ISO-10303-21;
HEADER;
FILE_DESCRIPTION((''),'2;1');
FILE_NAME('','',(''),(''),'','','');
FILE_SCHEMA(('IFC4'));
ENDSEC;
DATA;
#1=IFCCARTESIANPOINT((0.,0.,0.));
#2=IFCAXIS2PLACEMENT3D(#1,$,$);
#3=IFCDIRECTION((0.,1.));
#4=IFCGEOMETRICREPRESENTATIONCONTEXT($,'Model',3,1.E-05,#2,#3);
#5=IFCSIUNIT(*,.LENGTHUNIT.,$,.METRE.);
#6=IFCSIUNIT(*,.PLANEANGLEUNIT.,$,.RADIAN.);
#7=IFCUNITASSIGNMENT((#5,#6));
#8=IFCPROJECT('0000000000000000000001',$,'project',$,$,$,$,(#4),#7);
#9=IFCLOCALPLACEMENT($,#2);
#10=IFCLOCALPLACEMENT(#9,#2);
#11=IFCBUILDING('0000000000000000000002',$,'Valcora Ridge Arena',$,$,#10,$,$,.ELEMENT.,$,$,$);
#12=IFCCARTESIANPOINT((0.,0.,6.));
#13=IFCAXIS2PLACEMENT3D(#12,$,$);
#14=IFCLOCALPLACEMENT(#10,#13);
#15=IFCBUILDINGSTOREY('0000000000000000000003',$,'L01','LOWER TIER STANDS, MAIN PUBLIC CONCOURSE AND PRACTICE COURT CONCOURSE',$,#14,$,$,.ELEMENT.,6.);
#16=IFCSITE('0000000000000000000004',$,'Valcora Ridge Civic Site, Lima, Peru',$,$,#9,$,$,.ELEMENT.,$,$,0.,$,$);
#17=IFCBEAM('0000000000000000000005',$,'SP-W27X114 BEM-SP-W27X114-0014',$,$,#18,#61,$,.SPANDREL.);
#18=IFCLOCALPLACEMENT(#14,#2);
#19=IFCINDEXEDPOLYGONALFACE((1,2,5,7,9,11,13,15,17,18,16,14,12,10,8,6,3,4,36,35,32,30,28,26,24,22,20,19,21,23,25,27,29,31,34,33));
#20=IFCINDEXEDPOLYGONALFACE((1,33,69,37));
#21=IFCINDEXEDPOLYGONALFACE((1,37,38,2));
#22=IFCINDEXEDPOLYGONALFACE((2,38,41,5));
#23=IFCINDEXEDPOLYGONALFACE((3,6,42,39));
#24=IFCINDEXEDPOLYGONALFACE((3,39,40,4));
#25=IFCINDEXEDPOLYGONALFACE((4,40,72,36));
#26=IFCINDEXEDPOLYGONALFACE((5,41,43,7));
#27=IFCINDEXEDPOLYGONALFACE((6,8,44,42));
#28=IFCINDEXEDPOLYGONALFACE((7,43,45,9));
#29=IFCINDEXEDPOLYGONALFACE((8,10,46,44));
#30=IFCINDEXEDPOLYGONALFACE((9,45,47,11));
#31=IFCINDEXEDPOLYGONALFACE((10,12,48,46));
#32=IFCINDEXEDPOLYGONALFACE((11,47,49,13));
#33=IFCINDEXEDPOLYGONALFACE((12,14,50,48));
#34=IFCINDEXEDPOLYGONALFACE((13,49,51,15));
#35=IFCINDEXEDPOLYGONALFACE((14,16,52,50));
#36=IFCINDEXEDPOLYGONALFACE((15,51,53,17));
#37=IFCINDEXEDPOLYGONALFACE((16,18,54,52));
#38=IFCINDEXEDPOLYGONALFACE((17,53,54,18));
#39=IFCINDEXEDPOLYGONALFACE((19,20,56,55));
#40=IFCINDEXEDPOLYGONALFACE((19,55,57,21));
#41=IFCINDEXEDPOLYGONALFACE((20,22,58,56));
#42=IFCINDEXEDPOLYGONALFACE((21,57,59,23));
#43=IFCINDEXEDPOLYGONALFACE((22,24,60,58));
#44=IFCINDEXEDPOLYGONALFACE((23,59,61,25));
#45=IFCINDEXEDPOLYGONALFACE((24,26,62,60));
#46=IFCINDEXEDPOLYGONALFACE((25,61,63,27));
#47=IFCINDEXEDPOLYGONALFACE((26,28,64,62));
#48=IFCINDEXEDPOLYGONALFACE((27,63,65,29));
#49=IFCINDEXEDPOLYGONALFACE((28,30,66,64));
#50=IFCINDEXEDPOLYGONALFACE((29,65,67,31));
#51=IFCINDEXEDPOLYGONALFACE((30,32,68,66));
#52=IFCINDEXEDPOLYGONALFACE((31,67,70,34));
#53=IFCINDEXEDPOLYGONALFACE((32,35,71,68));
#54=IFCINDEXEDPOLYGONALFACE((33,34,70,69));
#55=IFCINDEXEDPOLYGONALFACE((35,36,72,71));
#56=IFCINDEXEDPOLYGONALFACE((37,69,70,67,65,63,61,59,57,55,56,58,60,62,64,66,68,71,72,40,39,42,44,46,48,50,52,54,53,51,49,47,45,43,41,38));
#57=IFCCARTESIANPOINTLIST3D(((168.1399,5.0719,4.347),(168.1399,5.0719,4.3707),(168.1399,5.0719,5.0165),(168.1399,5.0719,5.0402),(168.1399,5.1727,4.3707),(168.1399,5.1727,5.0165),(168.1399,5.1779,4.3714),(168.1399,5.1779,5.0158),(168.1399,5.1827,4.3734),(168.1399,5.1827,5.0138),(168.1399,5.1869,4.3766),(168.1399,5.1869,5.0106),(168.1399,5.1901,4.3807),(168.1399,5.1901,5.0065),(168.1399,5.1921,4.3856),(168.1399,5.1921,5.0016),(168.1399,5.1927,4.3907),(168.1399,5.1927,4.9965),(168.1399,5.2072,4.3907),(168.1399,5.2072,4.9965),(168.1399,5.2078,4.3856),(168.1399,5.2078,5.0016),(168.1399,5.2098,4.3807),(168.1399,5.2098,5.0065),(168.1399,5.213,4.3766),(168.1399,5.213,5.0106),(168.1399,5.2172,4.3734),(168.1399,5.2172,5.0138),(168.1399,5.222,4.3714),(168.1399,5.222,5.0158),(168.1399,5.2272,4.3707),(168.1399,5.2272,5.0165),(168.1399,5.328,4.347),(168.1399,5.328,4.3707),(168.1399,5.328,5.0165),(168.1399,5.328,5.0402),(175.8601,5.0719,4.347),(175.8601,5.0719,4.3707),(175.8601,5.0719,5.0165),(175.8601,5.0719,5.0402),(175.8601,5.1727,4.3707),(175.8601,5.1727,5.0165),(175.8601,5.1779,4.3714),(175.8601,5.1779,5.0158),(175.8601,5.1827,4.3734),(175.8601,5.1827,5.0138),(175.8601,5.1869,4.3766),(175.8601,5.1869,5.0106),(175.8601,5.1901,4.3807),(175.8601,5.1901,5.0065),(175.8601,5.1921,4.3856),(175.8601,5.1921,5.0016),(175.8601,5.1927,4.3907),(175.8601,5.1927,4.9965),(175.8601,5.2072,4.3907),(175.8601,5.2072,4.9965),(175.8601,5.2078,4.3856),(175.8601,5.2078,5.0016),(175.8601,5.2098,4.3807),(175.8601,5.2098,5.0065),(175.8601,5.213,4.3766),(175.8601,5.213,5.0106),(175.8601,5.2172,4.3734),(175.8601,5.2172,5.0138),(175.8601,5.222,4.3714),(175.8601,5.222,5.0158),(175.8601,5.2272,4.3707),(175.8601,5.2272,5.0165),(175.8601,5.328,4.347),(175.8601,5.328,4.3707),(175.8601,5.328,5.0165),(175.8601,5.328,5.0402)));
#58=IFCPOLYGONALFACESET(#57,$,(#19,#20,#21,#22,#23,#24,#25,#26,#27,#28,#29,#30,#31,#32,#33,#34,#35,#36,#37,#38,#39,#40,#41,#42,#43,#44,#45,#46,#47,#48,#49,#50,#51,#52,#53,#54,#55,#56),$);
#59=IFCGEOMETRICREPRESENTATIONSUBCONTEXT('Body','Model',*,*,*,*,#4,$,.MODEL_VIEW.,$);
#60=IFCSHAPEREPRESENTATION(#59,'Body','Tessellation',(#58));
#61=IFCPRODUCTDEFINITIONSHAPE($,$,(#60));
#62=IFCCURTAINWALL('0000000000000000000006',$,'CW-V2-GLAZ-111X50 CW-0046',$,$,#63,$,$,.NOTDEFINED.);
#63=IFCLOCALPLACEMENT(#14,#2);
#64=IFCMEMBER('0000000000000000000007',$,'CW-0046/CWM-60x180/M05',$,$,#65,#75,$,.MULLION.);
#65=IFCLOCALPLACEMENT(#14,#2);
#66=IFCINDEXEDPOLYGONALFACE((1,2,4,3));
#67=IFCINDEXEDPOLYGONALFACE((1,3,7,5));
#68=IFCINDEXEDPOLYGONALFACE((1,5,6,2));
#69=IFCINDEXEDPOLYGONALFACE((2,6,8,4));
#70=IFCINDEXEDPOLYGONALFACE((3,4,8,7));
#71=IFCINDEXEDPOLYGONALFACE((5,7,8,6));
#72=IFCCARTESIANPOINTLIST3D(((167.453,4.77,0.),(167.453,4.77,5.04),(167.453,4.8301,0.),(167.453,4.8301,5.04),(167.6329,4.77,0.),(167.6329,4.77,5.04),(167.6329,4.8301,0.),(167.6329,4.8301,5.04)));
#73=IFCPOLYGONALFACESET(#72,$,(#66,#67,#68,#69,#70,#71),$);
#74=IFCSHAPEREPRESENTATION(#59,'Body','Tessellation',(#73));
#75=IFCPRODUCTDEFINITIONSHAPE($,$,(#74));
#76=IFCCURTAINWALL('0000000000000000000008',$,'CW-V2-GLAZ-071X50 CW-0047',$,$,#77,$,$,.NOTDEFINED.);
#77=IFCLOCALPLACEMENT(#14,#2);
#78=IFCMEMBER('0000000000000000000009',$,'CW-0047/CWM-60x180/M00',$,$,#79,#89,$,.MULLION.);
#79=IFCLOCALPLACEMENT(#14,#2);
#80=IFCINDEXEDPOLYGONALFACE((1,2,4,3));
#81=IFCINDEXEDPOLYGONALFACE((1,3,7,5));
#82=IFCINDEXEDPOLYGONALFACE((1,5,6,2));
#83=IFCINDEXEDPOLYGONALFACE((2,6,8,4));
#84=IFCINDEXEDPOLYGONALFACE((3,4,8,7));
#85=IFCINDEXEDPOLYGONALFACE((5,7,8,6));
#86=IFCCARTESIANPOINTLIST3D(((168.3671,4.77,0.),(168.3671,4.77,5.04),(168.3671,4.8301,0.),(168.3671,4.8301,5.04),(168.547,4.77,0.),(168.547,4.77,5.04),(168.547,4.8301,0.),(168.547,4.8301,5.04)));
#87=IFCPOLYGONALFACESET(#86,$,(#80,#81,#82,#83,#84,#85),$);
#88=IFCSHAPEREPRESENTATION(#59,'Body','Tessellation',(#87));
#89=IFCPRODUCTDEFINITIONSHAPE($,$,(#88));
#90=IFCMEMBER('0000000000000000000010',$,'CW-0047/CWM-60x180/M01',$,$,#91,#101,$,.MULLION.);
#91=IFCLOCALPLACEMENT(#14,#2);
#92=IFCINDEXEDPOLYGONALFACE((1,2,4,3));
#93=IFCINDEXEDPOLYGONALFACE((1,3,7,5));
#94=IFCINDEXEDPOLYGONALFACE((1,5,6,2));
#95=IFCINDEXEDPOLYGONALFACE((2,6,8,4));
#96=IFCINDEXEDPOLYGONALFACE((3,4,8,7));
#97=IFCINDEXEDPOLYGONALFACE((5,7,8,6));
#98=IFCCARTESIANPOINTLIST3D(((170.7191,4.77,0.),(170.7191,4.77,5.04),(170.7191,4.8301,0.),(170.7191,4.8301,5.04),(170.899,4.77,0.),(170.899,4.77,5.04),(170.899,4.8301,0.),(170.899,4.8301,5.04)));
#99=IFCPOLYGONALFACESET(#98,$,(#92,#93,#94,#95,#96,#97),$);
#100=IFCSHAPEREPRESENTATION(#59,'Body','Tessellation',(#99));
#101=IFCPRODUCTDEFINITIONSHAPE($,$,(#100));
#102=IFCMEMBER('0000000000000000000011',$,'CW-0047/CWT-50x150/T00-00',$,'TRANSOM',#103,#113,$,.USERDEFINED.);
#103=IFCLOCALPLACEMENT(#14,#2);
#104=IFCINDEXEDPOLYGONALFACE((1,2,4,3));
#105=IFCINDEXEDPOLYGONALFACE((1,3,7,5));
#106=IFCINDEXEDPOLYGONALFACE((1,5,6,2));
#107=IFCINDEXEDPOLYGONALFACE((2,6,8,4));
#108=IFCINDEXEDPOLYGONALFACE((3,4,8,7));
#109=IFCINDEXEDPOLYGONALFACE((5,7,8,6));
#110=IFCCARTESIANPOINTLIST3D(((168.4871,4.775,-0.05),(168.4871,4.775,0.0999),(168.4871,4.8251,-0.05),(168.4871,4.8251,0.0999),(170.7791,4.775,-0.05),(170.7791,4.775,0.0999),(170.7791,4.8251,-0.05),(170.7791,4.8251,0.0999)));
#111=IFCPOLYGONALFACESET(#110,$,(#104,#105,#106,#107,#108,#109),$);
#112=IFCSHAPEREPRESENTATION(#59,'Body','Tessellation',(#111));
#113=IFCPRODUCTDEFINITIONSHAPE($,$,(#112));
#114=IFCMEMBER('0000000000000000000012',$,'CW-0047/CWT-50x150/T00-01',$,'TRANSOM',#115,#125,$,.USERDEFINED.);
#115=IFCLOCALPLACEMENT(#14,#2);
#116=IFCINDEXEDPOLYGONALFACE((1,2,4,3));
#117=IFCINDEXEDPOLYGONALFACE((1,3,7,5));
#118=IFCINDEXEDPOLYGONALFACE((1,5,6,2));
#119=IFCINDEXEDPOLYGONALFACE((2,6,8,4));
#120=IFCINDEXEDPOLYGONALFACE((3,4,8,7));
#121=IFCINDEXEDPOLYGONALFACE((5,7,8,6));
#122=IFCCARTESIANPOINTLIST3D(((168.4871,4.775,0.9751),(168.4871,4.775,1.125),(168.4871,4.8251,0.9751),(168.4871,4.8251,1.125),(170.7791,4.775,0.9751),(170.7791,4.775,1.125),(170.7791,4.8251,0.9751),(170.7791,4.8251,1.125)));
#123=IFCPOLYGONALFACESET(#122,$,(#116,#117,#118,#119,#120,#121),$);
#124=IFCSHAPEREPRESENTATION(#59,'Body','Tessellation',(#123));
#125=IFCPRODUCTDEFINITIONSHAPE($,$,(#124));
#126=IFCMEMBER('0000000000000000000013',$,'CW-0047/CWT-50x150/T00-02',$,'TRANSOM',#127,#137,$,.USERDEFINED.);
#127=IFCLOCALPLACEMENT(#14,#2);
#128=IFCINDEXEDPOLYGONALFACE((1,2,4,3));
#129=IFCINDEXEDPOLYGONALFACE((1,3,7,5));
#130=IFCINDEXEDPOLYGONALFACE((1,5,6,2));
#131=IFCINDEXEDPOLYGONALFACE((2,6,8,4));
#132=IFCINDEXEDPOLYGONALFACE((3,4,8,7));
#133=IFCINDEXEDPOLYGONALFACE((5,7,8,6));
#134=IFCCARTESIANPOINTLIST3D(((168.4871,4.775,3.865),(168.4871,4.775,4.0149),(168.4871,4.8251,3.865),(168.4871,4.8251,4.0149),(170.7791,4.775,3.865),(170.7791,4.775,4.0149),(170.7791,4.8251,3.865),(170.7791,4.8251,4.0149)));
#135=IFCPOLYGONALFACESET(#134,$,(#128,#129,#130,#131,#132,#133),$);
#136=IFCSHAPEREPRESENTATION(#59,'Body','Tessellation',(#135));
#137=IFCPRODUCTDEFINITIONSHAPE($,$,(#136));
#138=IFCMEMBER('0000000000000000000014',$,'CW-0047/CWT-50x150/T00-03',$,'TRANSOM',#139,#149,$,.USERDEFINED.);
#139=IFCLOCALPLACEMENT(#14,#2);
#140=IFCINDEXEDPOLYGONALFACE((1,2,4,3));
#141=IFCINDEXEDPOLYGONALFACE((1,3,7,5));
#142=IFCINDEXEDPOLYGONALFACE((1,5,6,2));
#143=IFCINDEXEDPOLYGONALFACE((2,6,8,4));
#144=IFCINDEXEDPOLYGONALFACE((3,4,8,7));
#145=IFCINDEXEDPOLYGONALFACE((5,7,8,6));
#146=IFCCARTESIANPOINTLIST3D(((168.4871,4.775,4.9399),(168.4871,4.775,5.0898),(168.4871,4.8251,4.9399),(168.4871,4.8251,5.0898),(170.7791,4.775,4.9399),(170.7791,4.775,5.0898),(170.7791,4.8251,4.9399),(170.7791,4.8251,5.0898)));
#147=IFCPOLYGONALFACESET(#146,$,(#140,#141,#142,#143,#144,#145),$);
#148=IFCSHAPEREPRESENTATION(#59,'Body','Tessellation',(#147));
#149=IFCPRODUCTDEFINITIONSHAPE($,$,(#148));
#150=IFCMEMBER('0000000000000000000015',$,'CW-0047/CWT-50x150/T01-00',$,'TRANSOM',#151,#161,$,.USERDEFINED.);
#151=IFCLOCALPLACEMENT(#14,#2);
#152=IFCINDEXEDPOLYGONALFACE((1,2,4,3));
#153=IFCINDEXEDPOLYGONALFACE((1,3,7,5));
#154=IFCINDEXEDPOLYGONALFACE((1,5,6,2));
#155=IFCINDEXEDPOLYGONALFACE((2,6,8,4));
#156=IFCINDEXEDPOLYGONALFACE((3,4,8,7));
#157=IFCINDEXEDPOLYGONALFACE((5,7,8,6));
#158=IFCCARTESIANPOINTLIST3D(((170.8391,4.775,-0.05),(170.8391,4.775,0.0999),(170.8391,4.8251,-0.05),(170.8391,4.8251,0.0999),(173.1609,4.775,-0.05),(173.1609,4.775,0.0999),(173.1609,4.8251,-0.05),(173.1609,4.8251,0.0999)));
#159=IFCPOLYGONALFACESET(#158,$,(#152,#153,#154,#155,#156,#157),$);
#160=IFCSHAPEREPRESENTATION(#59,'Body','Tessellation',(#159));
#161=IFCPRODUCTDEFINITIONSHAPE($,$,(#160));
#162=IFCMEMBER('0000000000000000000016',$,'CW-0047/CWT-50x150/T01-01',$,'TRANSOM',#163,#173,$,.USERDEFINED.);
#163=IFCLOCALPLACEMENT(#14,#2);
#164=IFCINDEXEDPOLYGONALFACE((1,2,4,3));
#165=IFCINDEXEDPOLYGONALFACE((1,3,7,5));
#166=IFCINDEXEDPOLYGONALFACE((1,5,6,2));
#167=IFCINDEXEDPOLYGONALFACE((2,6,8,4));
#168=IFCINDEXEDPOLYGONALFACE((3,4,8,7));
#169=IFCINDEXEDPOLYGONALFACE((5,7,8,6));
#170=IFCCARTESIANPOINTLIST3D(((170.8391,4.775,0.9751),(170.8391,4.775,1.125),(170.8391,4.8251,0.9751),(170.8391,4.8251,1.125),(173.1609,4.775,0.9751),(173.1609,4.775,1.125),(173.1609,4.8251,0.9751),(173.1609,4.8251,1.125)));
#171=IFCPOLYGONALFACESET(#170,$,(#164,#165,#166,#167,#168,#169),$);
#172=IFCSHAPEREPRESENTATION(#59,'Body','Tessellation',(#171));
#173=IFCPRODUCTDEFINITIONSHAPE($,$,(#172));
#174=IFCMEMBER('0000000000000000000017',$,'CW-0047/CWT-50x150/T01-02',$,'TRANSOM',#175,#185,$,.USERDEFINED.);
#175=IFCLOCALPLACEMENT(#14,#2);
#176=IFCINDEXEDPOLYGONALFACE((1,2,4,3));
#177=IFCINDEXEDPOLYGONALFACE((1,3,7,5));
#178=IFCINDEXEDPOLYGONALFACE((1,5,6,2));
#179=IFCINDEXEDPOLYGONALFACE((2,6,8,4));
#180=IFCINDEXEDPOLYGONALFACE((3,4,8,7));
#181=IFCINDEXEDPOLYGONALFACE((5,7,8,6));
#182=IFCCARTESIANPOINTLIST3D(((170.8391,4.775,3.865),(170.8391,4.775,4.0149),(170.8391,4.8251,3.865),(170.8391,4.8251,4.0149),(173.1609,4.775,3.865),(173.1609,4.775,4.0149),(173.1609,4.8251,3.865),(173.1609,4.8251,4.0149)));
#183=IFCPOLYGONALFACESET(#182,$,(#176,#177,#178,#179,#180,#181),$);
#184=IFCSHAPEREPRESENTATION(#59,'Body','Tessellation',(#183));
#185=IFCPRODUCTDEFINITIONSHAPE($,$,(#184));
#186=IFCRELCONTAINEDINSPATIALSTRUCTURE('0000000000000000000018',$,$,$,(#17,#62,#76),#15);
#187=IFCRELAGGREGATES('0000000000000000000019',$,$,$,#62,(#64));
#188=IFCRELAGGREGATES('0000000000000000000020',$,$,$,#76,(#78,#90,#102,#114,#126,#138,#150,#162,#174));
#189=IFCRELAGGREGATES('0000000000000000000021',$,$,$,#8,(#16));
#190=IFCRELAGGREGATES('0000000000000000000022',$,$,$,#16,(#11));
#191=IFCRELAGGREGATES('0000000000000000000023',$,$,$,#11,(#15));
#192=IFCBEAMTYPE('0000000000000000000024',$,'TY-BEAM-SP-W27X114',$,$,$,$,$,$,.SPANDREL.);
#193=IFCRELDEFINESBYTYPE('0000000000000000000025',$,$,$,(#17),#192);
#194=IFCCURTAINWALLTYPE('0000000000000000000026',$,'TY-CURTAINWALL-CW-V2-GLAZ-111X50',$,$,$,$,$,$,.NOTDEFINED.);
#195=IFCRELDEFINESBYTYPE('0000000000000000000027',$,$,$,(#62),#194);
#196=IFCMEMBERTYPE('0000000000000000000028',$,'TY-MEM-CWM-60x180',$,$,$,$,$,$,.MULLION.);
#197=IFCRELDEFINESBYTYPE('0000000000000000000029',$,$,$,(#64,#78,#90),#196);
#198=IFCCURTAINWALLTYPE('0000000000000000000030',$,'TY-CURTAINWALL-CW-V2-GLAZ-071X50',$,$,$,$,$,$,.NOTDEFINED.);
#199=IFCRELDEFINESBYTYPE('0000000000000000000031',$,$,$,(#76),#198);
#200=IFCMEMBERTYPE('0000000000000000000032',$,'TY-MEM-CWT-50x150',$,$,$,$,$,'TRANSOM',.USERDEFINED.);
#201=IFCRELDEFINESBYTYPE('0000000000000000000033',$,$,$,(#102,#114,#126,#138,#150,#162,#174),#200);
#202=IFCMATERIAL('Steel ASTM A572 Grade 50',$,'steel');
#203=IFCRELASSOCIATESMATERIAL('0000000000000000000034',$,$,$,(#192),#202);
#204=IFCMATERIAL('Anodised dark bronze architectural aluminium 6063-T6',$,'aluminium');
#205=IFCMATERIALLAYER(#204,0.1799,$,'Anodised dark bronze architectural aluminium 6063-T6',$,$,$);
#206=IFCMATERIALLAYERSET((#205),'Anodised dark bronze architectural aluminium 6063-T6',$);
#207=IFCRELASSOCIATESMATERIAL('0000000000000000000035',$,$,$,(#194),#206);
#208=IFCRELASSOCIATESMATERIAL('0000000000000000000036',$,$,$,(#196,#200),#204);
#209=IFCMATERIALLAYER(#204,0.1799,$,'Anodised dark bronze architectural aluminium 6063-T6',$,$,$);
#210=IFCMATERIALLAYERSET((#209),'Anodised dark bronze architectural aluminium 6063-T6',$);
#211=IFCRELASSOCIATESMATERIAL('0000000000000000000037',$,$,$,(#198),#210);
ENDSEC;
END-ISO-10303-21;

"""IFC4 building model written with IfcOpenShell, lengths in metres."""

from ifc_helpers import new_model, si_unit, direction, frame, origin, origin_2d, place, context, subcontext, project, spatial, rectangle, i_section, extrude, material, layer, layer_set, material_profile, profile_set, type_object, element, aggregate, save


model = new_model("IFC4")

# Units and contexts
model_context = context("Model", 3, precision=1e-05, world=origin(), true_north=direction((0.0, 1.0)))
body_context = subcontext(model_context, "Body", "Model", "MODEL_VIEW")
ifc_project = project(units=[si_unit("LENGTHUNIT", "METRE"), si_unit("PLANEANGLEUNIT", "RADIAN")], contexts=[model_context])

# Site, building, storey
site_placement = place(None, origin())
site = spatial("IfcSite", under=ifc_project, at=site_placement, Name="Valcora Ridge Civic Site, Lima, Peru", CompositionType="ELEMENT", RefElevation=0.0)
building_placement = place(site_placement, origin())
building = spatial("IfcBuilding", under=site, at=building_placement, Name="Valcora Ridge Arena", CompositionType="ELEMENT")
storey_placement = place(building_placement, frame((0.0, 0.0, 6.0)))
storey = spatial("IfcBuildingStorey", under=building, at=storey_placement, Name="L01", Description="LOWER TIER STANDS, MAIN PUBLIC CONCOURSE AND PRACTICE COURT CONCOURSE", CompositionType="ELEMENT", Elevation=6.0)

# Shared definitions
ifc_material_1 = material(Name="Steel ASTM A572 Grade 50", Category="steel")

# Beam
ifc_material_profile_1 = material_profile(ifc_material_1, i_section(OverallWidth=0.2561, OverallDepth=0.6931, WebThickness=0.0144, FlangeThickness=0.0237, FilletRadius=0.02, at=origin_2d()), Name="W27X114")
ifc_profile_set_1 = profile_set([ifc_material_profile_1], Name="Steel ASTM A572 Grade 50")
beam_type = type_object("IfcBeamType", Name="TY-BEAM-SP-W27X114", PredefinedType="SPANDREL", material=ifc_profile_set_1)
beam_placement = place(storey_placement, frame((168.1399, 5.2, 4.6936), z_axis=(1.0, 0.0, 0.0), x_axis=(0.0, 1.0, 0.0)))
element("IfcBeam", 1, at=beam_placement, inside=storey, type_object=beam_type, Name="SP-W27X114 BEM-SP-W27X114-0014", PredefinedType="SPANDREL", context=body_context, shape_type="SweptSolid", body=[
    extrude(i_section(OverallWidth=0.2561, OverallDepth=0.6931, WebThickness=0.0144, FlangeThickness=0.0237, FilletRadius=0.02, at=origin_2d()), origin(), (0.0, 0.0, 1.0), 7.7202),
])

# Curtain wall, member
ifc_material_2 = material(Name="Anodised dark bronze architectural aluminium 6063-T6", Category="aluminium")
ifc_layer_1 = layer(ifc_material_2, 0.1799, Name="Anodised dark bronze architectural aluminium 6063-T6")
ifc_layer_set_1 = layer_set([ifc_layer_1], Name="Anodised dark bronze architectural aluminium 6063-T6")
curtain_wall_type_1 = type_object("IfcCurtainWallType", Name="TY-CURTAINWALL-CW-V2-GLAZ-111X50", PredefinedType="NOTDEFINED", material=ifc_layer_set_1)
curtain_wall_1_placement = place(storey_placement, origin())
curtain_wall_1 = element("IfcCurtainWall", 2, at=curtain_wall_1_placement, inside=storey, type_object=curtain_wall_type_1, Name="CW-V2-GLAZ-111X50 CW-0046", PredefinedType="NOTDEFINED")
ifc_material_profile_2 = material_profile(ifc_material_2, rectangle(XDim=0.0601, YDim=0.1799, at=origin_2d()), Name="ALU MULLION 60x180")
ifc_profile_set_2 = profile_set([ifc_material_profile_2], Name="Anodised dark bronze architectural aluminium 6063-T6")
member_type_1 = type_object("IfcMemberType", Name="TY-MEM-CWM-60x180", PredefinedType="MULLION", material=ifc_profile_set_2)
member_1_placement = place(storey_placement, frame((167.543, 4.8, 0.0), z_axis=(0.0, 0.0, 1.0), x_axis=(0.0, 1.0, 0.0)))
member_1 = element("IfcMember", 3, at=member_1_placement, type_object=member_type_1, Name="CW-0046/CWM-60x180/M05", PredefinedType="MULLION", context=body_context, shape_type="SweptSolid", body=[
    extrude(rectangle(XDim=0.0601, YDim=0.1799, at=origin_2d()), origin(), (0.0, 0.0, 1.0), 5.04),
])

# Curtain wall, members
ifc_layer_2 = layer(ifc_material_2, 0.1799, Name="Anodised dark bronze architectural aluminium 6063-T6")
ifc_layer_set_2 = layer_set([ifc_layer_2], Name="Anodised dark bronze architectural aluminium 6063-T6")
curtain_wall_type_2 = type_object("IfcCurtainWallType", Name="TY-CURTAINWALL-CW-V2-GLAZ-071X50", PredefinedType="NOTDEFINED", material=ifc_layer_set_2)
curtain_wall_2_placement = place(storey_placement, origin())
curtain_wall_2 = element("IfcCurtainWall", 4, at=curtain_wall_2_placement, inside=storey, type_object=curtain_wall_type_2, Name="CW-V2-GLAZ-071X50 CW-0047", PredefinedType="NOTDEFINED")
member_2_placement = place(storey_placement, frame((168.457, 4.8, 0.0), z_axis=(0.0, 0.0, 1.0), x_axis=(0.0, 1.0, 0.0)))
member_2 = element("IfcMember", 5, at=member_2_placement, type_object=member_type_1, Name="CW-0047/CWM-60x180/M00", PredefinedType="MULLION", context=body_context, shape_type="SweptSolid", body=[
    extrude(rectangle(XDim=0.0601, YDim=0.1799, at=origin_2d()), origin(), (0.0, 0.0, 1.0), 5.04),
])
member_3_placement = place(storey_placement, frame((170.8091, 4.8, 0.0), z_axis=(0.0, 0.0, 1.0), x_axis=(0.0, 1.0, 0.0)))
member_3 = element("IfcMember", 6, at=member_3_placement, type_object=member_type_1, Name="CW-0047/CWM-60x180/M01", PredefinedType="MULLION", context=body_context, shape_type="SweptSolid", body=[
    extrude(rectangle(XDim=0.0601, YDim=0.1799, at=origin_2d()), origin(), (0.0, 0.0, 1.0), 5.04),
])
ifc_material_profile_3 = material_profile(ifc_material_2, rectangle(XDim=0.05, YDim=0.1499, at=origin_2d()), Name="ALU TRANSOM 50x150")
ifc_profile_set_3 = profile_set([ifc_material_profile_3], Name="Anodised dark bronze architectural aluminium 6063-T6")
member_type_2 = type_object("IfcMemberType", Name="TY-MEM-CWT-50x150", ElementType="TRANSOM", PredefinedType="USERDEFINED", material=ifc_profile_set_3)
member_4_placement = place(storey_placement, frame((168.4871, 4.8, 0.0249), z_axis=(1.0, 0.0, 0.0), x_axis=(0.0, 1.0, 0.0)))
member_4 = element("IfcMember", 7, at=member_4_placement, type_object=member_type_2, Name="CW-0047/CWT-50x150/T00-00", ObjectType="TRANSOM", PredefinedType="USERDEFINED", context=body_context, shape_type="SweptSolid", body=[
    extrude(rectangle(XDim=0.05, YDim=0.1499, at=origin_2d()), origin(), (0.0, 0.0, 1.0), 2.292),
])
member_5_placement = place(storey_placement, frame((168.4871, 4.8, 1.05), z_axis=(1.0, 0.0, 0.0), x_axis=(0.0, 1.0, 0.0)))
member_5 = element("IfcMember", 8, at=member_5_placement, type_object=member_type_2, Name="CW-0047/CWT-50x150/T00-01", ObjectType="TRANSOM", PredefinedType="USERDEFINED", context=body_context, shape_type="SweptSolid", body=[
    extrude(rectangle(XDim=0.05, YDim=0.1499, at=origin_2d()), origin(), (0.0, 0.0, 1.0), 2.292),
])
member_6_placement = place(storey_placement, frame((168.4871, 4.8, 3.9399), z_axis=(1.0, 0.0, 0.0), x_axis=(0.0, 1.0, 0.0)))
member_6 = element("IfcMember", 9, at=member_6_placement, type_object=member_type_2, Name="CW-0047/CWT-50x150/T00-02", ObjectType="TRANSOM", PredefinedType="USERDEFINED", context=body_context, shape_type="SweptSolid", body=[
    extrude(rectangle(XDim=0.05, YDim=0.1499, at=origin_2d()), origin(), (0.0, 0.0, 1.0), 2.292),
])
member_7_placement = place(storey_placement, frame((168.4871, 4.8, 5.0149), z_axis=(1.0, 0.0, 0.0), x_axis=(0.0, 1.0, 0.0)))
member_7 = element("IfcMember", 10, at=member_7_placement, type_object=member_type_2, Name="CW-0047/CWT-50x150/T00-03", ObjectType="TRANSOM", PredefinedType="USERDEFINED", context=body_context, shape_type="SweptSolid", body=[
    extrude(rectangle(XDim=0.05, YDim=0.1499, at=origin_2d()), origin(), (0.0, 0.0, 1.0), 2.292),
])
member_8_placement = place(storey_placement, frame((170.8391, 4.8, 0.0249), z_axis=(1.0, 0.0, 0.0), x_axis=(0.0, 1.0, 0.0)))
member_8 = element("IfcMember", 11, at=member_8_placement, type_object=member_type_2, Name="CW-0047/CWT-50x150/T01-00", ObjectType="TRANSOM", PredefinedType="USERDEFINED", context=body_context, shape_type="SweptSolid", body=[
    extrude(rectangle(XDim=0.05, YDim=0.1499, at=origin_2d()), origin(), (0.0, 0.0, 1.0), 2.3218),
])
member_9_placement = place(storey_placement, frame((170.8391, 4.8, 1.05), z_axis=(1.0, 0.0, 0.0), x_axis=(0.0, 1.0, 0.0)))
member_9 = element("IfcMember", 12, at=member_9_placement, type_object=member_type_2, Name="CW-0047/CWT-50x150/T01-01", ObjectType="TRANSOM", PredefinedType="USERDEFINED", context=body_context, shape_type="SweptSolid", body=[
    extrude(rectangle(XDim=0.05, YDim=0.1499, at=origin_2d()), origin(), (0.0, 0.0, 1.0), 2.3218),
])
member_10_placement = place(storey_placement, frame((170.8391, 4.8, 3.9399), z_axis=(1.0, 0.0, 0.0), x_axis=(0.0, 1.0, 0.0)))
member_10 = element("IfcMember", 13, at=member_10_placement, type_object=member_type_2, Name="CW-0047/CWT-50x150/T01-02", ObjectType="TRANSOM", PredefinedType="USERDEFINED", context=body_context, shape_type="SweptSolid", body=[
    extrude(rectangle(XDim=0.05, YDim=0.1499, at=origin_2d()), origin(), (0.0, 0.0, 1.0), 2.3218),
])

aggregate(curtain_wall_1, [member_1])
aggregate(curtain_wall_2, [member_2, member_3, member_4, member_5, member_6, member_7, member_8, member_9, member_10])

save(model, "model.ifc")
